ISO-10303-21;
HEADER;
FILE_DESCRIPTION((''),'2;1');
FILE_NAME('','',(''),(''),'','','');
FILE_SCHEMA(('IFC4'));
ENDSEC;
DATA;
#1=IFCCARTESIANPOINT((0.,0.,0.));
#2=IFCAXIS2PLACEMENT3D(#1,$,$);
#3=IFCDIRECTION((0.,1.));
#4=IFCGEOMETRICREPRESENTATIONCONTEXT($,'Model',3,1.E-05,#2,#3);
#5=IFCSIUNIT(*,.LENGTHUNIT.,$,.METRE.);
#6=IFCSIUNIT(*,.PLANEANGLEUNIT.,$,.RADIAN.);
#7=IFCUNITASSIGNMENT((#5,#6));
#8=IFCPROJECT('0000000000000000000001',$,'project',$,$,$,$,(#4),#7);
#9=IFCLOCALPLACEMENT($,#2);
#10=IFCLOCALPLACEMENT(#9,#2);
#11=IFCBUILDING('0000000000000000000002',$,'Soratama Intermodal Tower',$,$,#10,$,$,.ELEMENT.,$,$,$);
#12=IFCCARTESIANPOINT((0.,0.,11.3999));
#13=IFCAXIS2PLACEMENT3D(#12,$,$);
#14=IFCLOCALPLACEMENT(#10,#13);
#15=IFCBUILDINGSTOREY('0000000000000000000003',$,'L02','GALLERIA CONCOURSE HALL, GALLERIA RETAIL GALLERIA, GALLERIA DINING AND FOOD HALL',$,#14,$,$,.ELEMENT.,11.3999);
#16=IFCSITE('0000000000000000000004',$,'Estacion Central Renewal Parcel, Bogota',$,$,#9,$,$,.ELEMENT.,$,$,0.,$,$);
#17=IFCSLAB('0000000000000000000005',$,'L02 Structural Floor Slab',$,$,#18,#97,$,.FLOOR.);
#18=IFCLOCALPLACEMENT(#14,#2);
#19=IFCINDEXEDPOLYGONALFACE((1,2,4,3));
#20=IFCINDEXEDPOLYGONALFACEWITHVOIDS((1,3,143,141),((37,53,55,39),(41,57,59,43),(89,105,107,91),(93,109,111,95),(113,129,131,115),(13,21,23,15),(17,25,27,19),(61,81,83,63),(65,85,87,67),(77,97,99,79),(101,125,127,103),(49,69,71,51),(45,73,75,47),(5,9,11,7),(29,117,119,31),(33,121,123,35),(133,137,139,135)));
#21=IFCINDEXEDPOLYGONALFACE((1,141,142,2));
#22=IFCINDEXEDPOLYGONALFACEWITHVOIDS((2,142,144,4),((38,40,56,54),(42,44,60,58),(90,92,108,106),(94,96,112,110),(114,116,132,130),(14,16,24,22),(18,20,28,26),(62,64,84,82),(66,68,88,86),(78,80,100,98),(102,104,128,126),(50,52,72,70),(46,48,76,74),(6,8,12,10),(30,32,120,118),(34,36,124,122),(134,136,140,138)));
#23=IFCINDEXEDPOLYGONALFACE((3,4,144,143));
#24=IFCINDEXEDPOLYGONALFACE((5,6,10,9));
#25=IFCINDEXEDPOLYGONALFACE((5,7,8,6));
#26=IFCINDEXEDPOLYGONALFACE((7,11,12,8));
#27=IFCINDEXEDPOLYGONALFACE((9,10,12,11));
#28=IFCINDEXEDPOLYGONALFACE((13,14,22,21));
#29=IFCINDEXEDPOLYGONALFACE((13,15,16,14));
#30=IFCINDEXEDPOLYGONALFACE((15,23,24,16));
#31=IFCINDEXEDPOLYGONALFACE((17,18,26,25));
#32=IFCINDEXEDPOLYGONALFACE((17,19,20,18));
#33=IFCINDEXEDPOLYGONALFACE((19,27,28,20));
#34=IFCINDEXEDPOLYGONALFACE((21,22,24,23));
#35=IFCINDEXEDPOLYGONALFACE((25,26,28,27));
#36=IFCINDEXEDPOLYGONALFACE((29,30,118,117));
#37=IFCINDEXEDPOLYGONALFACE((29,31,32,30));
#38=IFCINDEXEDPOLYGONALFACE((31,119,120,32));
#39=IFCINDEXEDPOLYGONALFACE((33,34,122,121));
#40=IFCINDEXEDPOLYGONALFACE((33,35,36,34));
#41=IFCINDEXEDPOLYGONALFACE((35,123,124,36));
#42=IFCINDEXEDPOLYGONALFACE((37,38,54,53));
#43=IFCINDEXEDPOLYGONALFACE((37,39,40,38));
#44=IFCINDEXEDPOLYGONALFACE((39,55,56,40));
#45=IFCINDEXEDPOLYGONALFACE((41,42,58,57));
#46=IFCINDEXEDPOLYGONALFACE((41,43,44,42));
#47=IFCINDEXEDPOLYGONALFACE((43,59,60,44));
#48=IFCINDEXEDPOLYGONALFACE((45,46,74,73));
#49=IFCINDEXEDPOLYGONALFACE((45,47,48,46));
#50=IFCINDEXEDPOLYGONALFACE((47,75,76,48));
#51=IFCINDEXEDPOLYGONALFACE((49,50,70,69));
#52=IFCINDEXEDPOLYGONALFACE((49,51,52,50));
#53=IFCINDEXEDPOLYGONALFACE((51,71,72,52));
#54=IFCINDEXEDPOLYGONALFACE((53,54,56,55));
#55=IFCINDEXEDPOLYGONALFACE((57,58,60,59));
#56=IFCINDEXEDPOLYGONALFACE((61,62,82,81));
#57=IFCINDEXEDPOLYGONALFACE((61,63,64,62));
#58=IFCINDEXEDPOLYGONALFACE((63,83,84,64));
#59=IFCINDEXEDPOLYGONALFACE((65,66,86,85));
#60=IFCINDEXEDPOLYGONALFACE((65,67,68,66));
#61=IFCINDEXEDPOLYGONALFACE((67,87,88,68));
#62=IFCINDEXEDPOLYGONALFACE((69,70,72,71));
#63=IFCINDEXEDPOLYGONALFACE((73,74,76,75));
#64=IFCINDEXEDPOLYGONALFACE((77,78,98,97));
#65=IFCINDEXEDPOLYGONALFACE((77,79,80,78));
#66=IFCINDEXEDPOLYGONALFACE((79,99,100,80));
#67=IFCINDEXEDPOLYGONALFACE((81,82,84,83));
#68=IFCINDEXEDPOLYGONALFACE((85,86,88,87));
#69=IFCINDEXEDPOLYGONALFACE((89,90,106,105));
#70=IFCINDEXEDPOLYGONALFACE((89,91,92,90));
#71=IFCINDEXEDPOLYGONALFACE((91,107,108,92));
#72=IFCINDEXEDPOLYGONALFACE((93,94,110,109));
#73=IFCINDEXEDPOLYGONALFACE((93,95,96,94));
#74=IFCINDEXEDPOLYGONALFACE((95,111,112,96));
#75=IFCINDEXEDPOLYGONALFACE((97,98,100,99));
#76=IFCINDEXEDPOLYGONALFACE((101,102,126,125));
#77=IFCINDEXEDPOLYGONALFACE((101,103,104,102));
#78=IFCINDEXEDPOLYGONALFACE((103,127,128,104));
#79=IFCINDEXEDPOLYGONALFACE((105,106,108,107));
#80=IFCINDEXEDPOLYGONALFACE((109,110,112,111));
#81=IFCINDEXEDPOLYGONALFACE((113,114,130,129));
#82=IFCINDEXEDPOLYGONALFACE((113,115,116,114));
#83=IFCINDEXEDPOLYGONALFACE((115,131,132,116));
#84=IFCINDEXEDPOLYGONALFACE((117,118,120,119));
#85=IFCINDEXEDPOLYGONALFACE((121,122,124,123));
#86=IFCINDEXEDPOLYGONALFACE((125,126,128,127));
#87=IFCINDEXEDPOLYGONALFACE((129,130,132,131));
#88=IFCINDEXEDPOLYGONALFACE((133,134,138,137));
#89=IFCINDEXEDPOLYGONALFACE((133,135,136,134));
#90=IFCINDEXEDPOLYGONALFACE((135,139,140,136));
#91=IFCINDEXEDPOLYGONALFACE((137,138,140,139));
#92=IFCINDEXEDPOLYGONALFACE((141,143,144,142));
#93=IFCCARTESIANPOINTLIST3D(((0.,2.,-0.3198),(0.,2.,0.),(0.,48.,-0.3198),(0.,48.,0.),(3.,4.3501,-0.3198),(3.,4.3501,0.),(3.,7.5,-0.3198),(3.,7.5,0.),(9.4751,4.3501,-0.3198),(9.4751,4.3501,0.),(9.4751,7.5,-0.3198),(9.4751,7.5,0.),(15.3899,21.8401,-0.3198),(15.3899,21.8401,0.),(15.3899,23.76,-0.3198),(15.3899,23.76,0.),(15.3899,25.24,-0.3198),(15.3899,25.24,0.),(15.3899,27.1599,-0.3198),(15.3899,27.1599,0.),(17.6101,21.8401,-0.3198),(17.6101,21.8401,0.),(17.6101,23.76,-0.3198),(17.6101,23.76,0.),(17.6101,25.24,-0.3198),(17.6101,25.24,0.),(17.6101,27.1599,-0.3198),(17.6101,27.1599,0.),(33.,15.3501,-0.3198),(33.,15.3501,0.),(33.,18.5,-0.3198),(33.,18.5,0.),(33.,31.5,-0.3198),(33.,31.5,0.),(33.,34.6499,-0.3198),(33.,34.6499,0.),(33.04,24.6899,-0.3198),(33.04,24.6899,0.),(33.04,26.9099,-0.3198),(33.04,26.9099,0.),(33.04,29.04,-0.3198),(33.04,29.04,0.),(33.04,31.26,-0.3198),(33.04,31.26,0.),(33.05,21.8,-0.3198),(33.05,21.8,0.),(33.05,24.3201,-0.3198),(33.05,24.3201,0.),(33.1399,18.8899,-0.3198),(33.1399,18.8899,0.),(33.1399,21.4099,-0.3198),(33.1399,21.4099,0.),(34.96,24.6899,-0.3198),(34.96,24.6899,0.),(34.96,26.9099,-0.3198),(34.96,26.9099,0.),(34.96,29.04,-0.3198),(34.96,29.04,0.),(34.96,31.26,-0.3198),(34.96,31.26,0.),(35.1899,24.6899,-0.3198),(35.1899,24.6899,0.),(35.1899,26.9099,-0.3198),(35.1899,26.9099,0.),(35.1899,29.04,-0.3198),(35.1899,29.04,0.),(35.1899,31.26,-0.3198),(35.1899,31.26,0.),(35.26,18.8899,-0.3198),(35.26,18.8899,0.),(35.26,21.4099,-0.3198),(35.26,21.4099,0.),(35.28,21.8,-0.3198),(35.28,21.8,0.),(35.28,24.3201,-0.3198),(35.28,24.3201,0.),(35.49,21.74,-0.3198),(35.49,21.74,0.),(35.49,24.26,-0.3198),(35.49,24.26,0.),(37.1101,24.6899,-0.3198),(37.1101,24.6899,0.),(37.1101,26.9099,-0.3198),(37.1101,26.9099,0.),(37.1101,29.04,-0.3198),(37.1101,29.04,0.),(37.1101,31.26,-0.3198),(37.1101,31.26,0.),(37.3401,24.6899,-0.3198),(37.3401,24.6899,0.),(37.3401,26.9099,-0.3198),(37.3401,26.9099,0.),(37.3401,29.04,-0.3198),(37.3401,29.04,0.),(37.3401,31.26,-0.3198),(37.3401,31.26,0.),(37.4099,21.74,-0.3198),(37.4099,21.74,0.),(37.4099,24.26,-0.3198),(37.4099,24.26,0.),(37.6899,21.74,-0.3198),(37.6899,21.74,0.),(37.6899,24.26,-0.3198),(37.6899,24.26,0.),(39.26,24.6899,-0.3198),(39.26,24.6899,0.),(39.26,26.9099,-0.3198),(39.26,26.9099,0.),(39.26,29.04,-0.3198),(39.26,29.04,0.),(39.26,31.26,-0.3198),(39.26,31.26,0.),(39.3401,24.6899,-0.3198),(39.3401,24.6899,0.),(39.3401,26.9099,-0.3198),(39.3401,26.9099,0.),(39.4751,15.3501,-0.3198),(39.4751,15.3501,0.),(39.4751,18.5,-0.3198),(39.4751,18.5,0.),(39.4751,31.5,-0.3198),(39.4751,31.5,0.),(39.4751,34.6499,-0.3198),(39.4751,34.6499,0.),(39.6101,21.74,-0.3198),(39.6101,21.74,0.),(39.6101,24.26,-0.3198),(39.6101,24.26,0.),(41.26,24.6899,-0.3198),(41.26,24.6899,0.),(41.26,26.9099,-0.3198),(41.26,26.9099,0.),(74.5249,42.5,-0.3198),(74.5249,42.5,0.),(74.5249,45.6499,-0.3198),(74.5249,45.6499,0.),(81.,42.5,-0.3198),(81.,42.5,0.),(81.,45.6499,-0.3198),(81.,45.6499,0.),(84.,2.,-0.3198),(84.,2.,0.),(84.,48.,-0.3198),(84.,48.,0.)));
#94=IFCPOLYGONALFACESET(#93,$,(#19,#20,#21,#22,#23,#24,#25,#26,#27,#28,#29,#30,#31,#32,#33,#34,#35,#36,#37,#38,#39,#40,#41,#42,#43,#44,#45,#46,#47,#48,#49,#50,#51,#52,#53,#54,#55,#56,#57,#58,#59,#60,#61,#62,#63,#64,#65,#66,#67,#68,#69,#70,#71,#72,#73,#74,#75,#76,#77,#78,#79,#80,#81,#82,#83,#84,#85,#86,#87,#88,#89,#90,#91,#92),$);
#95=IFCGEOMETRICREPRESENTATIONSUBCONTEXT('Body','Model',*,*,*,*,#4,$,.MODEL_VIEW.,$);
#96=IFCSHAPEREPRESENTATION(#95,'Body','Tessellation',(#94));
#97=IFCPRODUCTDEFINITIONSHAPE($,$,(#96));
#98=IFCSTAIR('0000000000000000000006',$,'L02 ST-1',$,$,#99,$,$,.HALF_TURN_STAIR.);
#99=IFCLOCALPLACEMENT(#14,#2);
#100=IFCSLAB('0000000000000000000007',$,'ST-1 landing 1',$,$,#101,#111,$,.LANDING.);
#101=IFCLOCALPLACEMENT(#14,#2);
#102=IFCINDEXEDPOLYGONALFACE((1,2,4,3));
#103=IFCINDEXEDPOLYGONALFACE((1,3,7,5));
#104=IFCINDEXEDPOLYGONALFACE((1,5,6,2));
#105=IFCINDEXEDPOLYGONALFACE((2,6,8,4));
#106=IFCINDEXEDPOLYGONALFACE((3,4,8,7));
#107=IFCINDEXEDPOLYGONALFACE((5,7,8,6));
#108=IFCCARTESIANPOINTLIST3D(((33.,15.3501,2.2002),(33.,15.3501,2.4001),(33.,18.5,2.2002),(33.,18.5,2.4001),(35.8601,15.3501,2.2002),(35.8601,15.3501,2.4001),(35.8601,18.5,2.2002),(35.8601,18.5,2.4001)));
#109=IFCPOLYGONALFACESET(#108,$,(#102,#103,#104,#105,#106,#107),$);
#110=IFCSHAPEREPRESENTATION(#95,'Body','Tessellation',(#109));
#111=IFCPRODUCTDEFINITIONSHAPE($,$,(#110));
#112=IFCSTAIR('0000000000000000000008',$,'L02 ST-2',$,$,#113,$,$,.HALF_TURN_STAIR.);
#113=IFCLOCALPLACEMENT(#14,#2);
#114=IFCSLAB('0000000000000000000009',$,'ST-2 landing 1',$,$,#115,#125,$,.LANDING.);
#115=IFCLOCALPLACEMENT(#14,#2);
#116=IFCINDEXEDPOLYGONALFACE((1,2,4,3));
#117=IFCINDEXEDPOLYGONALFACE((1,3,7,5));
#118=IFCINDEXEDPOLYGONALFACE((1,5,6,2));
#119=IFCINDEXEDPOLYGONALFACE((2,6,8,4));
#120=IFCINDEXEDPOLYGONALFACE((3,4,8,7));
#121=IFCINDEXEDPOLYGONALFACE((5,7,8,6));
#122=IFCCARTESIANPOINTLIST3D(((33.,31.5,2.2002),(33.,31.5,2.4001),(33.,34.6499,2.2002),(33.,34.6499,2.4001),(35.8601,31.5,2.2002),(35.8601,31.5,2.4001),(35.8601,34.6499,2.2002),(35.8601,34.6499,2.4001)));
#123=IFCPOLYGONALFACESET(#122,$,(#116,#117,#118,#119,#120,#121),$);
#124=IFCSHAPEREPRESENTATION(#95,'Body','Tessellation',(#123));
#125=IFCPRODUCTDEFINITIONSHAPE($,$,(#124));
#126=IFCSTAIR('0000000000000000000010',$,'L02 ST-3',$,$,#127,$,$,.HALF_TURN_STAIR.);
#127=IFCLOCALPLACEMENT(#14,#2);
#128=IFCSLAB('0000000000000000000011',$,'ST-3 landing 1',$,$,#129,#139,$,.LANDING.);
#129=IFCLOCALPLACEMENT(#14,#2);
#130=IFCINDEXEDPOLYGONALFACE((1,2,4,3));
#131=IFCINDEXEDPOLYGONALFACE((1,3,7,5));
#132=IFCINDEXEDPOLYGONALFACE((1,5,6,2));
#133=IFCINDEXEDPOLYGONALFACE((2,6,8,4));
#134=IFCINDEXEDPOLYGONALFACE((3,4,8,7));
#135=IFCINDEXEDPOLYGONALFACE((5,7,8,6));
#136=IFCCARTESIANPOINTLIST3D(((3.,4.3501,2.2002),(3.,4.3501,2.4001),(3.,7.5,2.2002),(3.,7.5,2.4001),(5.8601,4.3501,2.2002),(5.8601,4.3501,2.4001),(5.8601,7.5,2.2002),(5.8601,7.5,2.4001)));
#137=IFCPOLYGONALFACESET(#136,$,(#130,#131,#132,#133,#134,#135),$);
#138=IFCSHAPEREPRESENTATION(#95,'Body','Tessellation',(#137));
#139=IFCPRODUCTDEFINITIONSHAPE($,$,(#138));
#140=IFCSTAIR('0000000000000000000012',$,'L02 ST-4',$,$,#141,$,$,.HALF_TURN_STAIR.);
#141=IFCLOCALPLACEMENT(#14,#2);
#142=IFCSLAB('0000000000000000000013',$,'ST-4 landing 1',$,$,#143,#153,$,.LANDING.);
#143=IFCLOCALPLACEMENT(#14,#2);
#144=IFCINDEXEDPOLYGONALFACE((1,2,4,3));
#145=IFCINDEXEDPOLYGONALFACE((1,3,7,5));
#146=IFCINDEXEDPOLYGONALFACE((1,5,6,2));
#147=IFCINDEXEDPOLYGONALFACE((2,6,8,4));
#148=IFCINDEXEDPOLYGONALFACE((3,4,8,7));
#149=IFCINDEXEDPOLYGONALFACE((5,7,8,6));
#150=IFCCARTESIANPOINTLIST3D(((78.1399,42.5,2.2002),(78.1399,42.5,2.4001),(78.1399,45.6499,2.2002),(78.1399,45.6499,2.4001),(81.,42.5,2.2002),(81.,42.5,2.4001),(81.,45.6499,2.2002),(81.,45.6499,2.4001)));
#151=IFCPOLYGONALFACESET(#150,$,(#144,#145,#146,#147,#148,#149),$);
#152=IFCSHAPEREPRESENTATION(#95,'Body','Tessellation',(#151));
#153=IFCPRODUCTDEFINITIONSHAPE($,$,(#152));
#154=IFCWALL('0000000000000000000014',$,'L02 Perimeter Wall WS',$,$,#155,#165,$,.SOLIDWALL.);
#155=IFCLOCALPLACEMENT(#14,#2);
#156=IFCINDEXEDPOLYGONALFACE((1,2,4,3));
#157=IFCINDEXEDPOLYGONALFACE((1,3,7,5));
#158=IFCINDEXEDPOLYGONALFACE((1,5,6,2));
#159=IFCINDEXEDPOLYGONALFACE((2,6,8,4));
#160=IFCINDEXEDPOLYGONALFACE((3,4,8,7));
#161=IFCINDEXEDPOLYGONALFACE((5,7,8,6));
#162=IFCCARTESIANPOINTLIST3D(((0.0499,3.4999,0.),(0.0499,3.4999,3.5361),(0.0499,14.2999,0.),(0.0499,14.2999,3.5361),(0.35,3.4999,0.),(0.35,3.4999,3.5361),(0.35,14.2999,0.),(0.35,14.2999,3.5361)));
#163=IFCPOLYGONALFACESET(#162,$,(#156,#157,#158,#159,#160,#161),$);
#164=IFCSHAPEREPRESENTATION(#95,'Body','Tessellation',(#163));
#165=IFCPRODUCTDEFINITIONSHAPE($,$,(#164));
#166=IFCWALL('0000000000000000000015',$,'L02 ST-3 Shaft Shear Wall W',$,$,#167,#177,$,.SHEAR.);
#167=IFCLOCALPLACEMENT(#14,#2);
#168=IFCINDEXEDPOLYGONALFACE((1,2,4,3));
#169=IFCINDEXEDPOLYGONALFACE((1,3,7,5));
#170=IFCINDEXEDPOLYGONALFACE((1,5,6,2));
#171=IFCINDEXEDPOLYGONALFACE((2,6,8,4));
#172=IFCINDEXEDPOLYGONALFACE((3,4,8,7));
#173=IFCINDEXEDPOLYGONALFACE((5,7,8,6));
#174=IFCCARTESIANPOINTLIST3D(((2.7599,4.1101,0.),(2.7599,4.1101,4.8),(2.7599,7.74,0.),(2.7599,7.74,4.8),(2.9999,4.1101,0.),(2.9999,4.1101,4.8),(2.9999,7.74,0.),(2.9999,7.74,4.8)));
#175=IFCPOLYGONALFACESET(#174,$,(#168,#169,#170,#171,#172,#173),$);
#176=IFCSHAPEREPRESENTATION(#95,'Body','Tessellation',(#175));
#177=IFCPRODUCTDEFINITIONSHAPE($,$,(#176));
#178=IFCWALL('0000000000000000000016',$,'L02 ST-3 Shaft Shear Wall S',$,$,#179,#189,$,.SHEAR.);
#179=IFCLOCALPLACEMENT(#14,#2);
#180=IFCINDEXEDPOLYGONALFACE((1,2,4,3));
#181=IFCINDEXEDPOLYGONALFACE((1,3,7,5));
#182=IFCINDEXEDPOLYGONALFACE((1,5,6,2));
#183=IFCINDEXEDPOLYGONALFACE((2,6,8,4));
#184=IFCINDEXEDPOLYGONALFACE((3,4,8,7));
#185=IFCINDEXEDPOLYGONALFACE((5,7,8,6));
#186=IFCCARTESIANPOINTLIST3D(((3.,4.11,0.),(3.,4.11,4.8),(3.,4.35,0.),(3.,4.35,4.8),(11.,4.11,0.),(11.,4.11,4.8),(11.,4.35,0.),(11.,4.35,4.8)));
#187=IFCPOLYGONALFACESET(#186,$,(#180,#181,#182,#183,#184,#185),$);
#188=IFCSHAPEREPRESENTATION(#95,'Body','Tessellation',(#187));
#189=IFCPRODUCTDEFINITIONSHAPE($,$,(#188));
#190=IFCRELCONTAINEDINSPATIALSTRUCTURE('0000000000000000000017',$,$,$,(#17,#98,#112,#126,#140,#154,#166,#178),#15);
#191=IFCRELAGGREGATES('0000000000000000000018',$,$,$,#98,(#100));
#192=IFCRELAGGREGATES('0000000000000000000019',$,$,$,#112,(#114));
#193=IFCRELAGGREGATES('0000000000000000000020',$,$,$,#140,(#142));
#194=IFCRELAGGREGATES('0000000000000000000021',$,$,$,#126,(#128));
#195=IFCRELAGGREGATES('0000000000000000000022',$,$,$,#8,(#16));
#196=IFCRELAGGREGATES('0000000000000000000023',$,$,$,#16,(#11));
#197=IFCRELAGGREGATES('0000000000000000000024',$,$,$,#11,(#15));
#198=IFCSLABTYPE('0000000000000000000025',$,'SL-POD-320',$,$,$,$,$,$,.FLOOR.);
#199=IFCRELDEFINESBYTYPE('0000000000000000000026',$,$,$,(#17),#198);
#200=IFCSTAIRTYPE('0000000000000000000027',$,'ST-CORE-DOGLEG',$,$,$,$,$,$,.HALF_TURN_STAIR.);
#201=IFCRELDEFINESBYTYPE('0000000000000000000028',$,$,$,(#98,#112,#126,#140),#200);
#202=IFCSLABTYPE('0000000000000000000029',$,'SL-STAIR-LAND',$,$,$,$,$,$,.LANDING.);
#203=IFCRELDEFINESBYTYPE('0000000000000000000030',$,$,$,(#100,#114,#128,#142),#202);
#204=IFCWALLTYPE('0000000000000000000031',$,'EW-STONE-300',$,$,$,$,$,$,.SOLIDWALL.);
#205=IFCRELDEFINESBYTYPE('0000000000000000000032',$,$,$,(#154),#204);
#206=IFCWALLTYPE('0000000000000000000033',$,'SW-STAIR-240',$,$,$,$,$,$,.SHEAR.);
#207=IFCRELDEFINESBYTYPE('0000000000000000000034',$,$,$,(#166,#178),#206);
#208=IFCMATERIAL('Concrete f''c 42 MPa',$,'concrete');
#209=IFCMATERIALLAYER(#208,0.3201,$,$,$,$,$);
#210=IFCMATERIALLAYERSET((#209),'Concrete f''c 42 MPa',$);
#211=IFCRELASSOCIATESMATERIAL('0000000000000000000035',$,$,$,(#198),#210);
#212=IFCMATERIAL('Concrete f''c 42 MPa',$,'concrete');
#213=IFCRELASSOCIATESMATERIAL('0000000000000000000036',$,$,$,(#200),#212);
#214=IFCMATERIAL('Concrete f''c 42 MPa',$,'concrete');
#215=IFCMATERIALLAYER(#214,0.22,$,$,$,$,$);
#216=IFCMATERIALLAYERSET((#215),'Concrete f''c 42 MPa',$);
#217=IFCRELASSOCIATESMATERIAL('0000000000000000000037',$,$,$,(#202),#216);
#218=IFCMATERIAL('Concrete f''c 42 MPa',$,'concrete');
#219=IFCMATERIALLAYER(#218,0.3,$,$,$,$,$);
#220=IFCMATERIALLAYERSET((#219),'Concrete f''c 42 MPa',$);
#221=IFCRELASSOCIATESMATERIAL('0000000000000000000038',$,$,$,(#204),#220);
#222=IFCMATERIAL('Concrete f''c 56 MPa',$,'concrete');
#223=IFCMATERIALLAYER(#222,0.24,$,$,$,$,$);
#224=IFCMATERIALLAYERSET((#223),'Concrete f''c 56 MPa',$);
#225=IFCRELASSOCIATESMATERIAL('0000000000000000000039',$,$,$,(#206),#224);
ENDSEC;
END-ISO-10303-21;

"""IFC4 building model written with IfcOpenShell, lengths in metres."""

from ifc_helpers import new_model, si_unit, direction, frame, frame_2d, origin, place, context, subcontext, project, spatial, polyline, rectangle, outline, extrude, material, layer, layer_set, type_object, element, aggregate, save


model = new_model("IFC4")

# Units and contexts
model_context = context("Model", 3, precision=1e-05, world=origin(), true_north=direction((0.0, 1.0)))
body_context = subcontext(model_context, "Body", "Model", "MODEL_VIEW")
ifc_project = project(units=[si_unit("LENGTHUNIT", "METRE"), si_unit("PLANEANGLEUNIT", "RADIAN")], contexts=[model_context])

# Site, building, storey
site_placement = place(None, origin())
site = spatial("IfcSite", under=ifc_project, at=site_placement, Name="Estacion Central Renewal Parcel, Bogota", CompositionType="ELEMENT", RefElevation=0.0)
building_placement = place(site_placement, origin())
building = spatial("IfcBuilding", under=site, at=building_placement, Name="Soratama Intermodal Tower", CompositionType="ELEMENT")
storey_placement = place(building_placement, frame((0.0, 0.0, 11.3999)))
storey = spatial("IfcBuildingStorey", under=building, at=storey_placement, Name="L02", Description="GALLERIA CONCOURSE HALL, GALLERIA RETAIL GALLERIA, GALLERIA DINING AND FOOD HALL", CompositionType="ELEMENT", Elevation=11.3999)

# Slab
ifc_material_1 = material(Name="Concrete f'c 42 MPa", Category="concrete")
ifc_layer_1 = layer(ifc_material_1, 0.3201)
ifc_layer_set_1 = layer_set([ifc_layer_1], Name="Concrete f'c 42 MPa")
slab_type_1 = type_object("IfcSlabType", Name="SL-POD-320", PredefinedType="FLOOR", material=ifc_layer_set_1)
slab_1_placement = place(storey_placement, frame((0.0, 0.0, -0.3198)))
element("IfcSlab", 1, at=slab_1_placement, inside=storey, type_object=slab_type_1, Name="L02 Structural Floor Slab", PredefinedType="FLOOR", context=body_context, shape_type="SweptSolid", body=[
    extrude(outline(polyline([(0.0, 2.0), (84.0, 2.0), (84.0, 48.0), (0.0, 48.0), (0.0, 2.0)]), holes=[polyline([(9.4751, 7.5), (3.0, 7.5), (3.0, 4.3501), (9.4751, 4.3501), (9.4751, 7.5)]), polyline([(35.26, 18.8899), (35.26, 21.4099), (33.1399, 21.4099), (33.1399, 18.8899), (35.26, 18.8899)]), polyline([(17.6101, 21.8401), (17.6101, 23.76), (15.3899, 23.76), (15.3899, 21.8401), (17.6101, 21.8401)]), polyline([(33.05, 21.8), (35.28, 21.8), (35.28, 24.3201), (33.05, 24.3201), (33.05, 21.8)]), polyline([(34.96, 24.6899), (34.96, 26.9099), (33.04, 26.9099), (33.04, 24.6899), (34.96, 24.6899)]), polyline([(37.1101, 24.6899), (37.1101, 26.9099), (35.1899, 26.9099), (35.1899, 24.6899), (37.1101, 24.6899)]), polyline([(17.6101, 25.24), (17.6101, 27.1599), (15.3899, 27.1599), (15.3899, 25.24), (17.6101, 25.24)]), polyline([(34.96, 29.04), (34.96, 31.26), (33.04, 31.26), (33.04, 29.04), (34.96, 29.04)]), polyline([(37.1101, 29.04), (37.1101, 31.26), (35.1899, 31.26), (35.1899, 29.04), (37.1101, 29.04)]), polyline([(39.4751, 18.5), (33.0, 18.5), (33.0, 15.3501), (39.4751, 15.3501), (39.4751, 18.5)]), polyline([(37.4099, 21.74), (37.4099, 24.26), (35.49, 24.26), (35.49, 21.74), (37.4099, 21.74)]), polyline([(39.6101, 21.74), (39.6101, 24.26), (37.6899, 24.26), (37.6899, 21.74), (39.6101, 21.74)]), polyline([(39.26, 24.6899), (39.26, 26.9099), (37.3401, 26.9099), (37.3401, 24.6899), (39.26, 24.6899)]), polyline([(41.26, 24.6899), (41.26, 26.9099), (39.3401, 26.9099), (39.3401, 24.6899), (41.26, 24.6899)]), polyline([(39.26, 29.04), (39.26, 31.26), (37.3401, 31.26), (37.3401, 29.04), (39.26, 29.04)]), polyline([(39.4751, 31.5), (39.4751, 34.6499), (33.0, 34.6499), (33.0, 31.5), (39.4751, 31.5)]), polyline([(74.5249, 45.6499), (74.5249, 42.5), (81.0, 42.5), (81.0, 45.6499), (74.5249, 45.6499)])]), origin(), (0.0, 0.0, 1.0), 0.3198),
])

# Stairs, slabs
ifc_material_2 = material(Name="Concrete f'c 42 MPa", Category="concrete")
stair_type = type_object("IfcStairType", Name="ST-CORE-DOGLEG", PredefinedType="HALF_TURN_STAIR", material=ifc_material_2)
stair_1_placement = place(storey_placement, origin())
stair_1 = element("IfcStair", 2, at=stair_1_placement, inside=storey, type_object=stair_type, Name="L02 ST-1", PredefinedType="HALF_TURN_STAIR")
ifc_material_3 = material(Name="Concrete f'c 42 MPa", Category="concrete")
ifc_layer_2 = layer(ifc_material_3, 0.22)
ifc_layer_set_2 = layer_set([ifc_layer_2], Name="Concrete f'c 42 MPa")
slab_type_2 = type_object("IfcSlabType", Name="SL-STAIR-LAND", PredefinedType="LANDING", material=ifc_layer_set_2)
slab_2_placement = place(storey_placement, frame((0.0, 0.0, 2.2002)))
slab_2 = element("IfcSlab", 3, at=slab_2_placement, type_object=slab_type_2, Name="ST-1 landing 1", PredefinedType="LANDING", context=body_context, shape_type="SweptSolid", body=[
    extrude(outline(polyline([(35.8601, 18.5), (33.0, 18.5), (33.0, 15.3501), (35.8601, 15.3501), (35.8601, 18.5)])), origin(), (0.0, 0.0, 1.0), 0.2),
])
aggregate(stair_1, [slab_2])
stair_2_placement = place(storey_placement, origin())
stair_2 = element("IfcStair", 4, at=stair_2_placement, inside=storey, type_object=stair_type, Name="L02 ST-2", PredefinedType="HALF_TURN_STAIR")
slab_3_placement = place(storey_placement, frame((0.0, 0.0, 2.2002)))
slab_3 = element("IfcSlab", 5, at=slab_3_placement, type_object=slab_type_2, Name="ST-2 landing 1", PredefinedType="LANDING", context=body_context, shape_type="SweptSolid", body=[
    extrude(outline(polyline([(35.8601, 34.6499), (33.0, 34.6499), (33.0, 31.5), (35.8601, 31.5), (35.8601, 34.6499)])), origin(), (0.0, 0.0, 1.0), 0.2),
])
aggregate(stair_2, [slab_3])
stair_3_placement = place(storey_placement, origin())
stair_3 = element("IfcStair", 6, at=stair_3_placement, inside=storey, type_object=stair_type, Name="L02 ST-3", PredefinedType="HALF_TURN_STAIR")
slab_4_placement = place(storey_placement, frame((0.0, 0.0, 2.2002)))
slab_4 = element("IfcSlab", 7, at=slab_4_placement, type_object=slab_type_2, Name="ST-3 landing 1", PredefinedType="LANDING", context=body_context, shape_type="SweptSolid", body=[
    extrude(outline(polyline([(5.8601, 7.5), (3.0, 7.5), (3.0, 4.3501), (5.8601, 4.3501), (5.8601, 7.5)])), origin(), (0.0, 0.0, 1.0), 0.2),
])
stair_4_placement = place(storey_placement, origin())
stair_4 = element("IfcStair", 8, at=stair_4_placement, inside=storey, type_object=stair_type, Name="L02 ST-4", PredefinedType="HALF_TURN_STAIR")
slab_5_placement = place(storey_placement, frame((0.0, 0.0, 2.2002)))
slab_5 = element("IfcSlab", 9, at=slab_5_placement, type_object=slab_type_2, Name="ST-4 landing 1", PredefinedType="LANDING", context=body_context, shape_type="SweptSolid", body=[
    extrude(outline(polyline([(78.1399, 42.5), (81.0, 42.5), (81.0, 45.6499), (78.1399, 45.6499), (78.1399, 42.5)])), origin(), (0.0, 0.0, 1.0), 0.2),
])
aggregate(stair_4, [slab_5])

# Walls
ifc_material_4 = material(Name="Concrete f'c 42 MPa", Category="concrete")
ifc_layer_3 = layer(ifc_material_4, 0.3)
ifc_layer_set_3 = layer_set([ifc_layer_3], Name="Concrete f'c 42 MPa")
wall_type_1 = type_object("IfcWallType", Name="EW-STONE-300", PredefinedType="SOLIDWALL", material=ifc_layer_set_3)
wall_1_placement = place(storey_placement, frame((0.2, 3.5, 0.0), z_axis=(0.0, 0.0, 1.0), x_axis=(0.0, 1.0, 0.0)))
element("IfcWall", 10, at=wall_1_placement, inside=storey, type_object=wall_type_1, Name="L02 Perimeter Wall WS", PredefinedType="SOLIDWALL", context=body_context, shape_type="SweptSolid", body=[
    extrude(rectangle(XDim=10.8, YDim=0.3, at=frame_2d((5.3999, 0.0))), origin(), (0.0, 0.0, 1.0), 3.5361),
])
ifc_material_5 = material(Name="Concrete f'c 56 MPa", Category="concrete")
ifc_layer_4 = layer(ifc_material_5, 0.24)
ifc_layer_set_4 = layer_set([ifc_layer_4], Name="Concrete f'c 56 MPa")
wall_type_2 = type_object("IfcWallType", Name="SW-STAIR-240", PredefinedType="SHEAR", material=ifc_layer_set_4)
wall_2_placement = place(storey_placement, frame((2.8799, 4.1101, 0.0), z_axis=(0.0, 0.0, 1.0), x_axis=(0.0, 1.0, 0.0)))
element("IfcWall", 11, at=wall_2_placement, inside=storey, type_object=wall_type_2, Name="L02 ST-3 Shaft Shear Wall W", PredefinedType="SHEAR", context=body_context, shape_type="SweptSolid", body=[
    extrude(rectangle(XDim=3.6299, YDim=0.24, at=frame_2d((1.8149, 0.0))), origin(), (0.0, 0.0, 1.0), 4.8),
])
for number, where, z_axis, x_axis, name in (
    (12, (3.0, 4.23, 0.0), (0.0, 0.0, 1.0), (1.0, 0.0, 0.0), "L02 ST-3 Shaft Shear Wall S"),
):
    element("IfcWall", number, at=place(storey_placement, frame(where, z_axis=z_axis, x_axis=x_axis)), inside=storey, type_object=wall_type_2, Name=name, PredefinedType="SHEAR", context=body_context, shape_type="SweptSolid", body=[
        extrude(rectangle(XDim=8.0, YDim=0.24, at=frame_2d((4.0, 0.0))), origin(), (0.0, 0.0, 1.0), 4.8),
    ])

aggregate(stair_3, [slab_4])

save(model, "model.ifc")
